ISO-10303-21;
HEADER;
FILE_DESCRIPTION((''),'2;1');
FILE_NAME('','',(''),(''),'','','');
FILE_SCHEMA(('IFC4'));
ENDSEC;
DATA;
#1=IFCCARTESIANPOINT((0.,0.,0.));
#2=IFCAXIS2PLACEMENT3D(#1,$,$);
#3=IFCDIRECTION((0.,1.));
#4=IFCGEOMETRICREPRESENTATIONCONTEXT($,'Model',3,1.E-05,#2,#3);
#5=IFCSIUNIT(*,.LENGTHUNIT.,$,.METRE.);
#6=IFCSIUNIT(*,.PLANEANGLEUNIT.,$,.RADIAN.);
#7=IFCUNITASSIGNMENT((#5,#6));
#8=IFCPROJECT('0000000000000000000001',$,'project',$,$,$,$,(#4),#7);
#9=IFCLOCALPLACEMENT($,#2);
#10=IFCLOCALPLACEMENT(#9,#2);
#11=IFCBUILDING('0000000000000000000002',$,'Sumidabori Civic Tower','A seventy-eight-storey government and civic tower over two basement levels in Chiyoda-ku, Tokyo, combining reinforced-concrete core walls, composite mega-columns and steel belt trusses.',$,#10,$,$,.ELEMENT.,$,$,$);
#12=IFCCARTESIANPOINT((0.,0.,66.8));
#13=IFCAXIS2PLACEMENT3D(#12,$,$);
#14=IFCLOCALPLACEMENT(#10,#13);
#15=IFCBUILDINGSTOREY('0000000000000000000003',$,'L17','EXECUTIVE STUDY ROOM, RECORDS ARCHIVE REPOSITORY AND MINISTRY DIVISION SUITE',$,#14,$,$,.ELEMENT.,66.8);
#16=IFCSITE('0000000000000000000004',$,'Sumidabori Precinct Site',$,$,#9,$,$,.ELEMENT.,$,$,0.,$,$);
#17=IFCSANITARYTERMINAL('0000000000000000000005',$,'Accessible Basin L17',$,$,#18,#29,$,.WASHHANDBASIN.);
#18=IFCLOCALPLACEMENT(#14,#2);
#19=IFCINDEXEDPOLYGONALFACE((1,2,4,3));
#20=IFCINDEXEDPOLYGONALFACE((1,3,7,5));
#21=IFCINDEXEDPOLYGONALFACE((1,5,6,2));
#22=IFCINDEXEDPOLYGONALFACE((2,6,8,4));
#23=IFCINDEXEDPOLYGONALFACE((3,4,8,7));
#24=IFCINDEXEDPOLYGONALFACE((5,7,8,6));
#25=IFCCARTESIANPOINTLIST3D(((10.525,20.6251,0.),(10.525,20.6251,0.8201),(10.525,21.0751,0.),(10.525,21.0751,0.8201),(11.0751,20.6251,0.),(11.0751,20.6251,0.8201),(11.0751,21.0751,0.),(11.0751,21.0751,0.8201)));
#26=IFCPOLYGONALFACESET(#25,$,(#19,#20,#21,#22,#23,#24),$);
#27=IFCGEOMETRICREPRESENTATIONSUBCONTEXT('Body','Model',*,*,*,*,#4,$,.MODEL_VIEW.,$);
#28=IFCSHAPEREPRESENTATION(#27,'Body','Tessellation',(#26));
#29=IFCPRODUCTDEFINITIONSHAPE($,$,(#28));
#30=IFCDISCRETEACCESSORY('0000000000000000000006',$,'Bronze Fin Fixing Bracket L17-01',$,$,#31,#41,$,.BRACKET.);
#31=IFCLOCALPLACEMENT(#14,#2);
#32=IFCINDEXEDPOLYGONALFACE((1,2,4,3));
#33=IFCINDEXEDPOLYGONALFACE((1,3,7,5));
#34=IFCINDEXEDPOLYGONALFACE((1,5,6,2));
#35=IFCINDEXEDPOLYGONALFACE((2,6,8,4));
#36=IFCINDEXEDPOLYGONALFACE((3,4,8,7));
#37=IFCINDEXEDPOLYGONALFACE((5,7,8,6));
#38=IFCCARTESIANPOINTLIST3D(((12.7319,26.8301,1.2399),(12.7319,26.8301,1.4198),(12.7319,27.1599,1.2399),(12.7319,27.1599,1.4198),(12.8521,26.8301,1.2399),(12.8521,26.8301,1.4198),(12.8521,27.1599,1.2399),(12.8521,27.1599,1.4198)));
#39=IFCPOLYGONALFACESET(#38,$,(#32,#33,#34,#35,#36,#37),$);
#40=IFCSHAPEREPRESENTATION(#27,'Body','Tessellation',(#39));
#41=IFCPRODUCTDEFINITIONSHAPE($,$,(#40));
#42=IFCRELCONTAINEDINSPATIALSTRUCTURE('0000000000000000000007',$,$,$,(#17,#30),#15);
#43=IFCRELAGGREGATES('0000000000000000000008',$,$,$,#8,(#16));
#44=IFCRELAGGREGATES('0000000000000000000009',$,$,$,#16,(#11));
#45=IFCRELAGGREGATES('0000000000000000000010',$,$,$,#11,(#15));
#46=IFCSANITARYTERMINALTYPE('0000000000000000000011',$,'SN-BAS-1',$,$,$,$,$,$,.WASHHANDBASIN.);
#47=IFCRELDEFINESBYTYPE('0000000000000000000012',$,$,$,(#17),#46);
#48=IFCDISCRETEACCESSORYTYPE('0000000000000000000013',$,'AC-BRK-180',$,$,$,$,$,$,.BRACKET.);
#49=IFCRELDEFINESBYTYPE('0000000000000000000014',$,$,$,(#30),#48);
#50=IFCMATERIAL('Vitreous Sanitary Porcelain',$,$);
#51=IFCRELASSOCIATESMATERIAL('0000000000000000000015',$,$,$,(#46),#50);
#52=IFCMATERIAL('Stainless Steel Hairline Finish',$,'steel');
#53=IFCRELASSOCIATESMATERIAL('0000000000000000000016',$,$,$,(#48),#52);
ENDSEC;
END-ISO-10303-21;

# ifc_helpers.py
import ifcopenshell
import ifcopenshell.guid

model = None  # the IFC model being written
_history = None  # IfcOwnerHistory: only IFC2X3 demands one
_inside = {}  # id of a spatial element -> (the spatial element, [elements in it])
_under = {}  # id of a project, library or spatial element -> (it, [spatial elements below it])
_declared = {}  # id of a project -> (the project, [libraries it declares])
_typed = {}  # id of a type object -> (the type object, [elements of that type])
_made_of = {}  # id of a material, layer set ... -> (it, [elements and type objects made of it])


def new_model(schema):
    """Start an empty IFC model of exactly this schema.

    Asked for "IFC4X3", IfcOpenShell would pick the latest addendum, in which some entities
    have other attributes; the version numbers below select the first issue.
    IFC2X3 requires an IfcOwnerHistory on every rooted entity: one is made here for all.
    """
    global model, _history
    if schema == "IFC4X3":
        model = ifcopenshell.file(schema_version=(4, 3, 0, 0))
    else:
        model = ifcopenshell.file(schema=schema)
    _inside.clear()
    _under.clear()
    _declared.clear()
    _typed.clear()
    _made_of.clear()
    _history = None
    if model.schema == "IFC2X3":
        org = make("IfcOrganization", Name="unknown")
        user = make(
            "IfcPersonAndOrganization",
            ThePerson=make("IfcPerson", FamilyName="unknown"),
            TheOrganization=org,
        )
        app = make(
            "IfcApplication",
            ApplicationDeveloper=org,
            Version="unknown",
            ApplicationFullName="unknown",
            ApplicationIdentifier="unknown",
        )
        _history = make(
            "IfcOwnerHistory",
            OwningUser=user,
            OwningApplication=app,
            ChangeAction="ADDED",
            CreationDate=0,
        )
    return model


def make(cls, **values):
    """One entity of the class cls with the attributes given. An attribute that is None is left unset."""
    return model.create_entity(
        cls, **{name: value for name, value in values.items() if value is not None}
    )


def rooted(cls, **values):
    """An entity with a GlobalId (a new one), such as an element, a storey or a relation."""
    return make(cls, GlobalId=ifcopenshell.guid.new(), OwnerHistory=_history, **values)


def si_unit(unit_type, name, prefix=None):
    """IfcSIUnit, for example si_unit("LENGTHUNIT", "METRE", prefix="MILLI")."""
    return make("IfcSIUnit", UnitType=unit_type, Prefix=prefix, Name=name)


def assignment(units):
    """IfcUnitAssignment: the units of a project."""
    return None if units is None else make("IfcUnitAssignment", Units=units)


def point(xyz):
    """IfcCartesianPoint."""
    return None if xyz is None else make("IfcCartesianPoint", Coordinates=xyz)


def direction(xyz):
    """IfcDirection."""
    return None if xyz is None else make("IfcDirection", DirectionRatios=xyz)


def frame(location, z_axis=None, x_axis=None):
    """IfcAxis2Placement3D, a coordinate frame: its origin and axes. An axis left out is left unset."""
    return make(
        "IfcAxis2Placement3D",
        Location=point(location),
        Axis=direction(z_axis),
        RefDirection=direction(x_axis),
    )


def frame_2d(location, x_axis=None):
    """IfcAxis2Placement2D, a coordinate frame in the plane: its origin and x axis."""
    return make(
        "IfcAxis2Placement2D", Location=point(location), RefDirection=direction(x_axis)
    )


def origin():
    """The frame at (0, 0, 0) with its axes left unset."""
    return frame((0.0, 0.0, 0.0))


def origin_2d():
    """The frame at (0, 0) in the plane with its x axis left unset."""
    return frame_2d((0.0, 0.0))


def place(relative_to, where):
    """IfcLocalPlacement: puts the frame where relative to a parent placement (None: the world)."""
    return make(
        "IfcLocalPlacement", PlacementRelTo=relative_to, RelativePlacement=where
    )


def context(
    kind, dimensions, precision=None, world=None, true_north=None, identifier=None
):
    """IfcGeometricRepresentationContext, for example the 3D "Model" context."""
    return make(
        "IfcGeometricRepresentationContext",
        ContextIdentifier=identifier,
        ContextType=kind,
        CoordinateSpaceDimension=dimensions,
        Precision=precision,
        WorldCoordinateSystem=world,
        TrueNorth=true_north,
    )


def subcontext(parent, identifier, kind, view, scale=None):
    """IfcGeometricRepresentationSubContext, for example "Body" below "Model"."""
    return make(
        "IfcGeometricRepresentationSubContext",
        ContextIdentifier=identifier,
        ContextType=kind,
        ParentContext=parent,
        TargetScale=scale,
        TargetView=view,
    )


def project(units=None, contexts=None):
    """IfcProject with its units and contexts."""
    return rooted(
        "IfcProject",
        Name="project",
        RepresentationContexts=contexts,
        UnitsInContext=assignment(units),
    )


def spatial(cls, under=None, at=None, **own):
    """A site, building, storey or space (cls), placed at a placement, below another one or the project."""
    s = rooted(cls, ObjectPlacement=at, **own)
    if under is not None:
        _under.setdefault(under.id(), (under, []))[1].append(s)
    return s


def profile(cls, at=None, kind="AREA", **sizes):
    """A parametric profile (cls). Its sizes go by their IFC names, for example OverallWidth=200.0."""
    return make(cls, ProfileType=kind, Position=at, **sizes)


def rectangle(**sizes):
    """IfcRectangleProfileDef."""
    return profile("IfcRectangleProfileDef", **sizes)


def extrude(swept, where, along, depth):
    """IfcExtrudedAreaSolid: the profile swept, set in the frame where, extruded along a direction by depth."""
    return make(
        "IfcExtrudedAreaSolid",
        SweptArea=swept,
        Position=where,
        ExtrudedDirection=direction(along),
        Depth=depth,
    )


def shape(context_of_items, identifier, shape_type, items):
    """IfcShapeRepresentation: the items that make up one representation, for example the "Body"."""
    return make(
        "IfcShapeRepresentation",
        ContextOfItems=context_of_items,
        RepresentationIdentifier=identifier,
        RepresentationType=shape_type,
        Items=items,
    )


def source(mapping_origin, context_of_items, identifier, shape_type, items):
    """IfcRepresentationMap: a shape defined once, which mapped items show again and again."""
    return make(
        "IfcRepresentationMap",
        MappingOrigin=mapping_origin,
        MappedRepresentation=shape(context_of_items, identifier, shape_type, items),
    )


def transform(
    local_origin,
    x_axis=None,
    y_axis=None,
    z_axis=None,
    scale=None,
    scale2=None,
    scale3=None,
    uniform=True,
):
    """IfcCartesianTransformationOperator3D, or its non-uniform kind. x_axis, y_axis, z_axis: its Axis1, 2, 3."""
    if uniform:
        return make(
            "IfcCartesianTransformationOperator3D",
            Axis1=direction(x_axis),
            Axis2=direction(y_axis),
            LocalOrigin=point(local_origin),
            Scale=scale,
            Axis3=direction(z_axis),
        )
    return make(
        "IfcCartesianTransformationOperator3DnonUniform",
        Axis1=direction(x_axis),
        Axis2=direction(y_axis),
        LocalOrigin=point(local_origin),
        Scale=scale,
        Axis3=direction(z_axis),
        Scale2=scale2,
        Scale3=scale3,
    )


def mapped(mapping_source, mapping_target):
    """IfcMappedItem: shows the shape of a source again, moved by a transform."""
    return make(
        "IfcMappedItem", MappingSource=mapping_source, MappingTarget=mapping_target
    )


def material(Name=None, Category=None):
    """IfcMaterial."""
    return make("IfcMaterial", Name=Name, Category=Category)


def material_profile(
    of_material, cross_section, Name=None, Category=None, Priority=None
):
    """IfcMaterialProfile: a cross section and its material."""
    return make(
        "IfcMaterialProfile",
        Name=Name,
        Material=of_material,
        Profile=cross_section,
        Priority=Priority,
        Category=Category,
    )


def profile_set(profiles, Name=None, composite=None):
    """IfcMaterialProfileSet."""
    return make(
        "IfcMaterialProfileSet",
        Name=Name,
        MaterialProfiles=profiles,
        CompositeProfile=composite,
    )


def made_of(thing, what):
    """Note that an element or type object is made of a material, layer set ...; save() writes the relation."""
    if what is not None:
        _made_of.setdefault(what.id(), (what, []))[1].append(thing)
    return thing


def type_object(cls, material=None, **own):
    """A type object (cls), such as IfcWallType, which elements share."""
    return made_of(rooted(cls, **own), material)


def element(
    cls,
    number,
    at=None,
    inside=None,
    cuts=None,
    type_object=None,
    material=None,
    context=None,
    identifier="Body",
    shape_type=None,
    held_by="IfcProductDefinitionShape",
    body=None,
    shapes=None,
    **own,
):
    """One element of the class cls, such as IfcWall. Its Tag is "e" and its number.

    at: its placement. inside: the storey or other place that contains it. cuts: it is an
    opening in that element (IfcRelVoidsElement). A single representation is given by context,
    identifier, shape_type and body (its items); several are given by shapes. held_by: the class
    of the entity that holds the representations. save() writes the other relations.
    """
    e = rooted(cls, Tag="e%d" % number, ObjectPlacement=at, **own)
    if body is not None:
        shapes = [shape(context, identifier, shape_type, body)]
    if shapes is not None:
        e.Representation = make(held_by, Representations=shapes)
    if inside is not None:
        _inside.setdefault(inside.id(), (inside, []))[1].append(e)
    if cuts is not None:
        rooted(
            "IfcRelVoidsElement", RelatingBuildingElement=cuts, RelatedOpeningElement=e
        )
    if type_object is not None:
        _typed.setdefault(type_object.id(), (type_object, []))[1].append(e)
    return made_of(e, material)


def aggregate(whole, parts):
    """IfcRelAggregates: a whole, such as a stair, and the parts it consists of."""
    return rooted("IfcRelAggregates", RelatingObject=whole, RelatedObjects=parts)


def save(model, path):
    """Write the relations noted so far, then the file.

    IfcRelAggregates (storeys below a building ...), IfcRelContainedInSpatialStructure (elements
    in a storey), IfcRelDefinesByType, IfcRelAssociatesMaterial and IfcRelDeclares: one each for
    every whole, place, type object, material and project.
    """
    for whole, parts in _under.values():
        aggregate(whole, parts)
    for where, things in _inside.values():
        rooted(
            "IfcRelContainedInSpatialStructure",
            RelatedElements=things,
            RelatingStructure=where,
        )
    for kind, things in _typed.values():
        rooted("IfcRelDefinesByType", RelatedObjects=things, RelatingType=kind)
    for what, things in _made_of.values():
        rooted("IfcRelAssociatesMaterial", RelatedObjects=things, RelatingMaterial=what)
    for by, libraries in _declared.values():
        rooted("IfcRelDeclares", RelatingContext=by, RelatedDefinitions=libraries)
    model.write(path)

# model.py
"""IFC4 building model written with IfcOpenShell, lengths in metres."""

from ifc_helpers import new_model, si_unit, direction, frame, origin, origin_2d, place, context, subcontext, project, spatial, rectangle, extrude, source, transform, mapped, material, material_profile, profile_set, type_object, element, save


model = new_model("IFC4")

# Units and contexts
model_context = context("Model", 3, precision=1e-05, world=origin(), true_north=direction((0.0, 1.0)))
body_context = subcontext(model_context, "Body", "Model", "MODEL_VIEW")
ifc_project = project(units=[si_unit("LENGTHUNIT", "METRE"), si_unit("PLANEANGLEUNIT", "RADIAN")], contexts=[model_context])

# Site, building, storey
site_placement = place(None, origin())
site = spatial("IfcSite", under=ifc_project, at=site_placement, Name="Sumidabori Precinct Site", CompositionType="ELEMENT", RefElevation=0.0)
building_placement = place(site_placement, origin())
building = spatial("IfcBuilding", under=site, at=building_placement, Name="Sumidabori Civic Tower", Description="A seventy-eight-storey government and civic tower over two basement levels in Chiyoda-ku, Tokyo, combining reinforced-concrete core walls, composite mega-columns and steel belt trusses.", CompositionType="ELEMENT")
storey_placement = place(building_placement, frame((0.0, 0.0, 66.8)))
storey = spatial("IfcBuildingStorey", under=building, at=storey_placement, Name="L17", Description="EXECUTIVE STUDY ROOM, RECORDS ARCHIVE REPOSITORY AND MINISTRY DIVISION SUITE", CompositionType="ELEMENT", Elevation=66.8)

# Shared definitions
ifc_material_1 = material(Name="Stainless Steel Hairline Finish", Category="steel")

# Sanitary terminal
ifc_material_2 = material(Name="Vitreous Sanitary Porcelain")
sanitary_terminal_type_1 = type_object("IfcSanitaryTerminalType", Name="SN-BAS-1", PredefinedType="WASHHANDBASIN", material=ifc_material_2)
shared_shape_1 = source(origin(), body_context, "Body", "SweptSolid", [
    extrude(rectangle(XDim=0.55, YDim=0.45, at=origin_2d()), origin(), (0.0, 0.0, 1.0), 0.8201),
])
sanitary_terminal_1_placement = place(storey_placement, frame((10.8, 20.8501, 0.0), z_axis=(0.0, 0.0, 1.0), x_axis=(1.0, 0.0, 0.0)))
element("IfcSanitaryTerminal", 1, at=sanitary_terminal_1_placement, inside=storey, type_object=sanitary_terminal_type_1, Name="Accessible Basin L17", PredefinedType="WASHHANDBASIN", context=body_context, shape_type="MappedRepresentation", body=[
    mapped(shared_shape_1, transform((0.0, 0.0, 0.0), x_axis=(1.0, 0.0, 0.0), y_axis=(0.0, 1.0, 0.0), z_axis=(0.0, 0.0, 1.0), scale=1.0)),
])

# Discrete accessory
ifc_material_profile_1 = material_profile(ifc_material_1, rectangle(XDim=0.1201, YDim=0.1799, at=origin_2d()), Name="STEEL BRACKET 180x120")
ifc_profile_set_1 = profile_set([ifc_material_profile_1], Name="Stainless Steel Hairline Finish")
discrete_accessory_type = type_object("IfcDiscreteAccessoryType", Name="AC-BRK-180", PredefinedType="BRACKET", material=ifc_profile_set_1)
shared_shape_2 = source(origin(), body_context, "Body", "SweptSolid", [
    extrude(rectangle(XDim=0.1201, YDim=0.1799, at=origin_2d()), origin(), (0.0, 0.0, 1.0), 0.3298),
])
discrete_accessory_placement = place(storey_placement, frame((12.792, 26.8301, 1.3298), z_axis=(0.0, 1.0, 0.0), x_axis=(-1.0, 0.0, 0.0)))
element("IfcDiscreteAccessory", 2, at=discrete_accessory_placement, inside=storey, type_object=discrete_accessory_type, Name="Bronze Fin Fixing Bracket L17-01", PredefinedType="BRACKET", context=body_context, shape_type="MappedRepresentation", body=[
    mapped(shared_shape_2, transform((0.0, 0.0, 0.0), x_axis=(1.0, 0.0, 0.0), y_axis=(0.0, 1.0, 0.0), z_axis=(0.0, 0.0, 1.0), scale=1.0)),
])

save(model, "model.ifc")
